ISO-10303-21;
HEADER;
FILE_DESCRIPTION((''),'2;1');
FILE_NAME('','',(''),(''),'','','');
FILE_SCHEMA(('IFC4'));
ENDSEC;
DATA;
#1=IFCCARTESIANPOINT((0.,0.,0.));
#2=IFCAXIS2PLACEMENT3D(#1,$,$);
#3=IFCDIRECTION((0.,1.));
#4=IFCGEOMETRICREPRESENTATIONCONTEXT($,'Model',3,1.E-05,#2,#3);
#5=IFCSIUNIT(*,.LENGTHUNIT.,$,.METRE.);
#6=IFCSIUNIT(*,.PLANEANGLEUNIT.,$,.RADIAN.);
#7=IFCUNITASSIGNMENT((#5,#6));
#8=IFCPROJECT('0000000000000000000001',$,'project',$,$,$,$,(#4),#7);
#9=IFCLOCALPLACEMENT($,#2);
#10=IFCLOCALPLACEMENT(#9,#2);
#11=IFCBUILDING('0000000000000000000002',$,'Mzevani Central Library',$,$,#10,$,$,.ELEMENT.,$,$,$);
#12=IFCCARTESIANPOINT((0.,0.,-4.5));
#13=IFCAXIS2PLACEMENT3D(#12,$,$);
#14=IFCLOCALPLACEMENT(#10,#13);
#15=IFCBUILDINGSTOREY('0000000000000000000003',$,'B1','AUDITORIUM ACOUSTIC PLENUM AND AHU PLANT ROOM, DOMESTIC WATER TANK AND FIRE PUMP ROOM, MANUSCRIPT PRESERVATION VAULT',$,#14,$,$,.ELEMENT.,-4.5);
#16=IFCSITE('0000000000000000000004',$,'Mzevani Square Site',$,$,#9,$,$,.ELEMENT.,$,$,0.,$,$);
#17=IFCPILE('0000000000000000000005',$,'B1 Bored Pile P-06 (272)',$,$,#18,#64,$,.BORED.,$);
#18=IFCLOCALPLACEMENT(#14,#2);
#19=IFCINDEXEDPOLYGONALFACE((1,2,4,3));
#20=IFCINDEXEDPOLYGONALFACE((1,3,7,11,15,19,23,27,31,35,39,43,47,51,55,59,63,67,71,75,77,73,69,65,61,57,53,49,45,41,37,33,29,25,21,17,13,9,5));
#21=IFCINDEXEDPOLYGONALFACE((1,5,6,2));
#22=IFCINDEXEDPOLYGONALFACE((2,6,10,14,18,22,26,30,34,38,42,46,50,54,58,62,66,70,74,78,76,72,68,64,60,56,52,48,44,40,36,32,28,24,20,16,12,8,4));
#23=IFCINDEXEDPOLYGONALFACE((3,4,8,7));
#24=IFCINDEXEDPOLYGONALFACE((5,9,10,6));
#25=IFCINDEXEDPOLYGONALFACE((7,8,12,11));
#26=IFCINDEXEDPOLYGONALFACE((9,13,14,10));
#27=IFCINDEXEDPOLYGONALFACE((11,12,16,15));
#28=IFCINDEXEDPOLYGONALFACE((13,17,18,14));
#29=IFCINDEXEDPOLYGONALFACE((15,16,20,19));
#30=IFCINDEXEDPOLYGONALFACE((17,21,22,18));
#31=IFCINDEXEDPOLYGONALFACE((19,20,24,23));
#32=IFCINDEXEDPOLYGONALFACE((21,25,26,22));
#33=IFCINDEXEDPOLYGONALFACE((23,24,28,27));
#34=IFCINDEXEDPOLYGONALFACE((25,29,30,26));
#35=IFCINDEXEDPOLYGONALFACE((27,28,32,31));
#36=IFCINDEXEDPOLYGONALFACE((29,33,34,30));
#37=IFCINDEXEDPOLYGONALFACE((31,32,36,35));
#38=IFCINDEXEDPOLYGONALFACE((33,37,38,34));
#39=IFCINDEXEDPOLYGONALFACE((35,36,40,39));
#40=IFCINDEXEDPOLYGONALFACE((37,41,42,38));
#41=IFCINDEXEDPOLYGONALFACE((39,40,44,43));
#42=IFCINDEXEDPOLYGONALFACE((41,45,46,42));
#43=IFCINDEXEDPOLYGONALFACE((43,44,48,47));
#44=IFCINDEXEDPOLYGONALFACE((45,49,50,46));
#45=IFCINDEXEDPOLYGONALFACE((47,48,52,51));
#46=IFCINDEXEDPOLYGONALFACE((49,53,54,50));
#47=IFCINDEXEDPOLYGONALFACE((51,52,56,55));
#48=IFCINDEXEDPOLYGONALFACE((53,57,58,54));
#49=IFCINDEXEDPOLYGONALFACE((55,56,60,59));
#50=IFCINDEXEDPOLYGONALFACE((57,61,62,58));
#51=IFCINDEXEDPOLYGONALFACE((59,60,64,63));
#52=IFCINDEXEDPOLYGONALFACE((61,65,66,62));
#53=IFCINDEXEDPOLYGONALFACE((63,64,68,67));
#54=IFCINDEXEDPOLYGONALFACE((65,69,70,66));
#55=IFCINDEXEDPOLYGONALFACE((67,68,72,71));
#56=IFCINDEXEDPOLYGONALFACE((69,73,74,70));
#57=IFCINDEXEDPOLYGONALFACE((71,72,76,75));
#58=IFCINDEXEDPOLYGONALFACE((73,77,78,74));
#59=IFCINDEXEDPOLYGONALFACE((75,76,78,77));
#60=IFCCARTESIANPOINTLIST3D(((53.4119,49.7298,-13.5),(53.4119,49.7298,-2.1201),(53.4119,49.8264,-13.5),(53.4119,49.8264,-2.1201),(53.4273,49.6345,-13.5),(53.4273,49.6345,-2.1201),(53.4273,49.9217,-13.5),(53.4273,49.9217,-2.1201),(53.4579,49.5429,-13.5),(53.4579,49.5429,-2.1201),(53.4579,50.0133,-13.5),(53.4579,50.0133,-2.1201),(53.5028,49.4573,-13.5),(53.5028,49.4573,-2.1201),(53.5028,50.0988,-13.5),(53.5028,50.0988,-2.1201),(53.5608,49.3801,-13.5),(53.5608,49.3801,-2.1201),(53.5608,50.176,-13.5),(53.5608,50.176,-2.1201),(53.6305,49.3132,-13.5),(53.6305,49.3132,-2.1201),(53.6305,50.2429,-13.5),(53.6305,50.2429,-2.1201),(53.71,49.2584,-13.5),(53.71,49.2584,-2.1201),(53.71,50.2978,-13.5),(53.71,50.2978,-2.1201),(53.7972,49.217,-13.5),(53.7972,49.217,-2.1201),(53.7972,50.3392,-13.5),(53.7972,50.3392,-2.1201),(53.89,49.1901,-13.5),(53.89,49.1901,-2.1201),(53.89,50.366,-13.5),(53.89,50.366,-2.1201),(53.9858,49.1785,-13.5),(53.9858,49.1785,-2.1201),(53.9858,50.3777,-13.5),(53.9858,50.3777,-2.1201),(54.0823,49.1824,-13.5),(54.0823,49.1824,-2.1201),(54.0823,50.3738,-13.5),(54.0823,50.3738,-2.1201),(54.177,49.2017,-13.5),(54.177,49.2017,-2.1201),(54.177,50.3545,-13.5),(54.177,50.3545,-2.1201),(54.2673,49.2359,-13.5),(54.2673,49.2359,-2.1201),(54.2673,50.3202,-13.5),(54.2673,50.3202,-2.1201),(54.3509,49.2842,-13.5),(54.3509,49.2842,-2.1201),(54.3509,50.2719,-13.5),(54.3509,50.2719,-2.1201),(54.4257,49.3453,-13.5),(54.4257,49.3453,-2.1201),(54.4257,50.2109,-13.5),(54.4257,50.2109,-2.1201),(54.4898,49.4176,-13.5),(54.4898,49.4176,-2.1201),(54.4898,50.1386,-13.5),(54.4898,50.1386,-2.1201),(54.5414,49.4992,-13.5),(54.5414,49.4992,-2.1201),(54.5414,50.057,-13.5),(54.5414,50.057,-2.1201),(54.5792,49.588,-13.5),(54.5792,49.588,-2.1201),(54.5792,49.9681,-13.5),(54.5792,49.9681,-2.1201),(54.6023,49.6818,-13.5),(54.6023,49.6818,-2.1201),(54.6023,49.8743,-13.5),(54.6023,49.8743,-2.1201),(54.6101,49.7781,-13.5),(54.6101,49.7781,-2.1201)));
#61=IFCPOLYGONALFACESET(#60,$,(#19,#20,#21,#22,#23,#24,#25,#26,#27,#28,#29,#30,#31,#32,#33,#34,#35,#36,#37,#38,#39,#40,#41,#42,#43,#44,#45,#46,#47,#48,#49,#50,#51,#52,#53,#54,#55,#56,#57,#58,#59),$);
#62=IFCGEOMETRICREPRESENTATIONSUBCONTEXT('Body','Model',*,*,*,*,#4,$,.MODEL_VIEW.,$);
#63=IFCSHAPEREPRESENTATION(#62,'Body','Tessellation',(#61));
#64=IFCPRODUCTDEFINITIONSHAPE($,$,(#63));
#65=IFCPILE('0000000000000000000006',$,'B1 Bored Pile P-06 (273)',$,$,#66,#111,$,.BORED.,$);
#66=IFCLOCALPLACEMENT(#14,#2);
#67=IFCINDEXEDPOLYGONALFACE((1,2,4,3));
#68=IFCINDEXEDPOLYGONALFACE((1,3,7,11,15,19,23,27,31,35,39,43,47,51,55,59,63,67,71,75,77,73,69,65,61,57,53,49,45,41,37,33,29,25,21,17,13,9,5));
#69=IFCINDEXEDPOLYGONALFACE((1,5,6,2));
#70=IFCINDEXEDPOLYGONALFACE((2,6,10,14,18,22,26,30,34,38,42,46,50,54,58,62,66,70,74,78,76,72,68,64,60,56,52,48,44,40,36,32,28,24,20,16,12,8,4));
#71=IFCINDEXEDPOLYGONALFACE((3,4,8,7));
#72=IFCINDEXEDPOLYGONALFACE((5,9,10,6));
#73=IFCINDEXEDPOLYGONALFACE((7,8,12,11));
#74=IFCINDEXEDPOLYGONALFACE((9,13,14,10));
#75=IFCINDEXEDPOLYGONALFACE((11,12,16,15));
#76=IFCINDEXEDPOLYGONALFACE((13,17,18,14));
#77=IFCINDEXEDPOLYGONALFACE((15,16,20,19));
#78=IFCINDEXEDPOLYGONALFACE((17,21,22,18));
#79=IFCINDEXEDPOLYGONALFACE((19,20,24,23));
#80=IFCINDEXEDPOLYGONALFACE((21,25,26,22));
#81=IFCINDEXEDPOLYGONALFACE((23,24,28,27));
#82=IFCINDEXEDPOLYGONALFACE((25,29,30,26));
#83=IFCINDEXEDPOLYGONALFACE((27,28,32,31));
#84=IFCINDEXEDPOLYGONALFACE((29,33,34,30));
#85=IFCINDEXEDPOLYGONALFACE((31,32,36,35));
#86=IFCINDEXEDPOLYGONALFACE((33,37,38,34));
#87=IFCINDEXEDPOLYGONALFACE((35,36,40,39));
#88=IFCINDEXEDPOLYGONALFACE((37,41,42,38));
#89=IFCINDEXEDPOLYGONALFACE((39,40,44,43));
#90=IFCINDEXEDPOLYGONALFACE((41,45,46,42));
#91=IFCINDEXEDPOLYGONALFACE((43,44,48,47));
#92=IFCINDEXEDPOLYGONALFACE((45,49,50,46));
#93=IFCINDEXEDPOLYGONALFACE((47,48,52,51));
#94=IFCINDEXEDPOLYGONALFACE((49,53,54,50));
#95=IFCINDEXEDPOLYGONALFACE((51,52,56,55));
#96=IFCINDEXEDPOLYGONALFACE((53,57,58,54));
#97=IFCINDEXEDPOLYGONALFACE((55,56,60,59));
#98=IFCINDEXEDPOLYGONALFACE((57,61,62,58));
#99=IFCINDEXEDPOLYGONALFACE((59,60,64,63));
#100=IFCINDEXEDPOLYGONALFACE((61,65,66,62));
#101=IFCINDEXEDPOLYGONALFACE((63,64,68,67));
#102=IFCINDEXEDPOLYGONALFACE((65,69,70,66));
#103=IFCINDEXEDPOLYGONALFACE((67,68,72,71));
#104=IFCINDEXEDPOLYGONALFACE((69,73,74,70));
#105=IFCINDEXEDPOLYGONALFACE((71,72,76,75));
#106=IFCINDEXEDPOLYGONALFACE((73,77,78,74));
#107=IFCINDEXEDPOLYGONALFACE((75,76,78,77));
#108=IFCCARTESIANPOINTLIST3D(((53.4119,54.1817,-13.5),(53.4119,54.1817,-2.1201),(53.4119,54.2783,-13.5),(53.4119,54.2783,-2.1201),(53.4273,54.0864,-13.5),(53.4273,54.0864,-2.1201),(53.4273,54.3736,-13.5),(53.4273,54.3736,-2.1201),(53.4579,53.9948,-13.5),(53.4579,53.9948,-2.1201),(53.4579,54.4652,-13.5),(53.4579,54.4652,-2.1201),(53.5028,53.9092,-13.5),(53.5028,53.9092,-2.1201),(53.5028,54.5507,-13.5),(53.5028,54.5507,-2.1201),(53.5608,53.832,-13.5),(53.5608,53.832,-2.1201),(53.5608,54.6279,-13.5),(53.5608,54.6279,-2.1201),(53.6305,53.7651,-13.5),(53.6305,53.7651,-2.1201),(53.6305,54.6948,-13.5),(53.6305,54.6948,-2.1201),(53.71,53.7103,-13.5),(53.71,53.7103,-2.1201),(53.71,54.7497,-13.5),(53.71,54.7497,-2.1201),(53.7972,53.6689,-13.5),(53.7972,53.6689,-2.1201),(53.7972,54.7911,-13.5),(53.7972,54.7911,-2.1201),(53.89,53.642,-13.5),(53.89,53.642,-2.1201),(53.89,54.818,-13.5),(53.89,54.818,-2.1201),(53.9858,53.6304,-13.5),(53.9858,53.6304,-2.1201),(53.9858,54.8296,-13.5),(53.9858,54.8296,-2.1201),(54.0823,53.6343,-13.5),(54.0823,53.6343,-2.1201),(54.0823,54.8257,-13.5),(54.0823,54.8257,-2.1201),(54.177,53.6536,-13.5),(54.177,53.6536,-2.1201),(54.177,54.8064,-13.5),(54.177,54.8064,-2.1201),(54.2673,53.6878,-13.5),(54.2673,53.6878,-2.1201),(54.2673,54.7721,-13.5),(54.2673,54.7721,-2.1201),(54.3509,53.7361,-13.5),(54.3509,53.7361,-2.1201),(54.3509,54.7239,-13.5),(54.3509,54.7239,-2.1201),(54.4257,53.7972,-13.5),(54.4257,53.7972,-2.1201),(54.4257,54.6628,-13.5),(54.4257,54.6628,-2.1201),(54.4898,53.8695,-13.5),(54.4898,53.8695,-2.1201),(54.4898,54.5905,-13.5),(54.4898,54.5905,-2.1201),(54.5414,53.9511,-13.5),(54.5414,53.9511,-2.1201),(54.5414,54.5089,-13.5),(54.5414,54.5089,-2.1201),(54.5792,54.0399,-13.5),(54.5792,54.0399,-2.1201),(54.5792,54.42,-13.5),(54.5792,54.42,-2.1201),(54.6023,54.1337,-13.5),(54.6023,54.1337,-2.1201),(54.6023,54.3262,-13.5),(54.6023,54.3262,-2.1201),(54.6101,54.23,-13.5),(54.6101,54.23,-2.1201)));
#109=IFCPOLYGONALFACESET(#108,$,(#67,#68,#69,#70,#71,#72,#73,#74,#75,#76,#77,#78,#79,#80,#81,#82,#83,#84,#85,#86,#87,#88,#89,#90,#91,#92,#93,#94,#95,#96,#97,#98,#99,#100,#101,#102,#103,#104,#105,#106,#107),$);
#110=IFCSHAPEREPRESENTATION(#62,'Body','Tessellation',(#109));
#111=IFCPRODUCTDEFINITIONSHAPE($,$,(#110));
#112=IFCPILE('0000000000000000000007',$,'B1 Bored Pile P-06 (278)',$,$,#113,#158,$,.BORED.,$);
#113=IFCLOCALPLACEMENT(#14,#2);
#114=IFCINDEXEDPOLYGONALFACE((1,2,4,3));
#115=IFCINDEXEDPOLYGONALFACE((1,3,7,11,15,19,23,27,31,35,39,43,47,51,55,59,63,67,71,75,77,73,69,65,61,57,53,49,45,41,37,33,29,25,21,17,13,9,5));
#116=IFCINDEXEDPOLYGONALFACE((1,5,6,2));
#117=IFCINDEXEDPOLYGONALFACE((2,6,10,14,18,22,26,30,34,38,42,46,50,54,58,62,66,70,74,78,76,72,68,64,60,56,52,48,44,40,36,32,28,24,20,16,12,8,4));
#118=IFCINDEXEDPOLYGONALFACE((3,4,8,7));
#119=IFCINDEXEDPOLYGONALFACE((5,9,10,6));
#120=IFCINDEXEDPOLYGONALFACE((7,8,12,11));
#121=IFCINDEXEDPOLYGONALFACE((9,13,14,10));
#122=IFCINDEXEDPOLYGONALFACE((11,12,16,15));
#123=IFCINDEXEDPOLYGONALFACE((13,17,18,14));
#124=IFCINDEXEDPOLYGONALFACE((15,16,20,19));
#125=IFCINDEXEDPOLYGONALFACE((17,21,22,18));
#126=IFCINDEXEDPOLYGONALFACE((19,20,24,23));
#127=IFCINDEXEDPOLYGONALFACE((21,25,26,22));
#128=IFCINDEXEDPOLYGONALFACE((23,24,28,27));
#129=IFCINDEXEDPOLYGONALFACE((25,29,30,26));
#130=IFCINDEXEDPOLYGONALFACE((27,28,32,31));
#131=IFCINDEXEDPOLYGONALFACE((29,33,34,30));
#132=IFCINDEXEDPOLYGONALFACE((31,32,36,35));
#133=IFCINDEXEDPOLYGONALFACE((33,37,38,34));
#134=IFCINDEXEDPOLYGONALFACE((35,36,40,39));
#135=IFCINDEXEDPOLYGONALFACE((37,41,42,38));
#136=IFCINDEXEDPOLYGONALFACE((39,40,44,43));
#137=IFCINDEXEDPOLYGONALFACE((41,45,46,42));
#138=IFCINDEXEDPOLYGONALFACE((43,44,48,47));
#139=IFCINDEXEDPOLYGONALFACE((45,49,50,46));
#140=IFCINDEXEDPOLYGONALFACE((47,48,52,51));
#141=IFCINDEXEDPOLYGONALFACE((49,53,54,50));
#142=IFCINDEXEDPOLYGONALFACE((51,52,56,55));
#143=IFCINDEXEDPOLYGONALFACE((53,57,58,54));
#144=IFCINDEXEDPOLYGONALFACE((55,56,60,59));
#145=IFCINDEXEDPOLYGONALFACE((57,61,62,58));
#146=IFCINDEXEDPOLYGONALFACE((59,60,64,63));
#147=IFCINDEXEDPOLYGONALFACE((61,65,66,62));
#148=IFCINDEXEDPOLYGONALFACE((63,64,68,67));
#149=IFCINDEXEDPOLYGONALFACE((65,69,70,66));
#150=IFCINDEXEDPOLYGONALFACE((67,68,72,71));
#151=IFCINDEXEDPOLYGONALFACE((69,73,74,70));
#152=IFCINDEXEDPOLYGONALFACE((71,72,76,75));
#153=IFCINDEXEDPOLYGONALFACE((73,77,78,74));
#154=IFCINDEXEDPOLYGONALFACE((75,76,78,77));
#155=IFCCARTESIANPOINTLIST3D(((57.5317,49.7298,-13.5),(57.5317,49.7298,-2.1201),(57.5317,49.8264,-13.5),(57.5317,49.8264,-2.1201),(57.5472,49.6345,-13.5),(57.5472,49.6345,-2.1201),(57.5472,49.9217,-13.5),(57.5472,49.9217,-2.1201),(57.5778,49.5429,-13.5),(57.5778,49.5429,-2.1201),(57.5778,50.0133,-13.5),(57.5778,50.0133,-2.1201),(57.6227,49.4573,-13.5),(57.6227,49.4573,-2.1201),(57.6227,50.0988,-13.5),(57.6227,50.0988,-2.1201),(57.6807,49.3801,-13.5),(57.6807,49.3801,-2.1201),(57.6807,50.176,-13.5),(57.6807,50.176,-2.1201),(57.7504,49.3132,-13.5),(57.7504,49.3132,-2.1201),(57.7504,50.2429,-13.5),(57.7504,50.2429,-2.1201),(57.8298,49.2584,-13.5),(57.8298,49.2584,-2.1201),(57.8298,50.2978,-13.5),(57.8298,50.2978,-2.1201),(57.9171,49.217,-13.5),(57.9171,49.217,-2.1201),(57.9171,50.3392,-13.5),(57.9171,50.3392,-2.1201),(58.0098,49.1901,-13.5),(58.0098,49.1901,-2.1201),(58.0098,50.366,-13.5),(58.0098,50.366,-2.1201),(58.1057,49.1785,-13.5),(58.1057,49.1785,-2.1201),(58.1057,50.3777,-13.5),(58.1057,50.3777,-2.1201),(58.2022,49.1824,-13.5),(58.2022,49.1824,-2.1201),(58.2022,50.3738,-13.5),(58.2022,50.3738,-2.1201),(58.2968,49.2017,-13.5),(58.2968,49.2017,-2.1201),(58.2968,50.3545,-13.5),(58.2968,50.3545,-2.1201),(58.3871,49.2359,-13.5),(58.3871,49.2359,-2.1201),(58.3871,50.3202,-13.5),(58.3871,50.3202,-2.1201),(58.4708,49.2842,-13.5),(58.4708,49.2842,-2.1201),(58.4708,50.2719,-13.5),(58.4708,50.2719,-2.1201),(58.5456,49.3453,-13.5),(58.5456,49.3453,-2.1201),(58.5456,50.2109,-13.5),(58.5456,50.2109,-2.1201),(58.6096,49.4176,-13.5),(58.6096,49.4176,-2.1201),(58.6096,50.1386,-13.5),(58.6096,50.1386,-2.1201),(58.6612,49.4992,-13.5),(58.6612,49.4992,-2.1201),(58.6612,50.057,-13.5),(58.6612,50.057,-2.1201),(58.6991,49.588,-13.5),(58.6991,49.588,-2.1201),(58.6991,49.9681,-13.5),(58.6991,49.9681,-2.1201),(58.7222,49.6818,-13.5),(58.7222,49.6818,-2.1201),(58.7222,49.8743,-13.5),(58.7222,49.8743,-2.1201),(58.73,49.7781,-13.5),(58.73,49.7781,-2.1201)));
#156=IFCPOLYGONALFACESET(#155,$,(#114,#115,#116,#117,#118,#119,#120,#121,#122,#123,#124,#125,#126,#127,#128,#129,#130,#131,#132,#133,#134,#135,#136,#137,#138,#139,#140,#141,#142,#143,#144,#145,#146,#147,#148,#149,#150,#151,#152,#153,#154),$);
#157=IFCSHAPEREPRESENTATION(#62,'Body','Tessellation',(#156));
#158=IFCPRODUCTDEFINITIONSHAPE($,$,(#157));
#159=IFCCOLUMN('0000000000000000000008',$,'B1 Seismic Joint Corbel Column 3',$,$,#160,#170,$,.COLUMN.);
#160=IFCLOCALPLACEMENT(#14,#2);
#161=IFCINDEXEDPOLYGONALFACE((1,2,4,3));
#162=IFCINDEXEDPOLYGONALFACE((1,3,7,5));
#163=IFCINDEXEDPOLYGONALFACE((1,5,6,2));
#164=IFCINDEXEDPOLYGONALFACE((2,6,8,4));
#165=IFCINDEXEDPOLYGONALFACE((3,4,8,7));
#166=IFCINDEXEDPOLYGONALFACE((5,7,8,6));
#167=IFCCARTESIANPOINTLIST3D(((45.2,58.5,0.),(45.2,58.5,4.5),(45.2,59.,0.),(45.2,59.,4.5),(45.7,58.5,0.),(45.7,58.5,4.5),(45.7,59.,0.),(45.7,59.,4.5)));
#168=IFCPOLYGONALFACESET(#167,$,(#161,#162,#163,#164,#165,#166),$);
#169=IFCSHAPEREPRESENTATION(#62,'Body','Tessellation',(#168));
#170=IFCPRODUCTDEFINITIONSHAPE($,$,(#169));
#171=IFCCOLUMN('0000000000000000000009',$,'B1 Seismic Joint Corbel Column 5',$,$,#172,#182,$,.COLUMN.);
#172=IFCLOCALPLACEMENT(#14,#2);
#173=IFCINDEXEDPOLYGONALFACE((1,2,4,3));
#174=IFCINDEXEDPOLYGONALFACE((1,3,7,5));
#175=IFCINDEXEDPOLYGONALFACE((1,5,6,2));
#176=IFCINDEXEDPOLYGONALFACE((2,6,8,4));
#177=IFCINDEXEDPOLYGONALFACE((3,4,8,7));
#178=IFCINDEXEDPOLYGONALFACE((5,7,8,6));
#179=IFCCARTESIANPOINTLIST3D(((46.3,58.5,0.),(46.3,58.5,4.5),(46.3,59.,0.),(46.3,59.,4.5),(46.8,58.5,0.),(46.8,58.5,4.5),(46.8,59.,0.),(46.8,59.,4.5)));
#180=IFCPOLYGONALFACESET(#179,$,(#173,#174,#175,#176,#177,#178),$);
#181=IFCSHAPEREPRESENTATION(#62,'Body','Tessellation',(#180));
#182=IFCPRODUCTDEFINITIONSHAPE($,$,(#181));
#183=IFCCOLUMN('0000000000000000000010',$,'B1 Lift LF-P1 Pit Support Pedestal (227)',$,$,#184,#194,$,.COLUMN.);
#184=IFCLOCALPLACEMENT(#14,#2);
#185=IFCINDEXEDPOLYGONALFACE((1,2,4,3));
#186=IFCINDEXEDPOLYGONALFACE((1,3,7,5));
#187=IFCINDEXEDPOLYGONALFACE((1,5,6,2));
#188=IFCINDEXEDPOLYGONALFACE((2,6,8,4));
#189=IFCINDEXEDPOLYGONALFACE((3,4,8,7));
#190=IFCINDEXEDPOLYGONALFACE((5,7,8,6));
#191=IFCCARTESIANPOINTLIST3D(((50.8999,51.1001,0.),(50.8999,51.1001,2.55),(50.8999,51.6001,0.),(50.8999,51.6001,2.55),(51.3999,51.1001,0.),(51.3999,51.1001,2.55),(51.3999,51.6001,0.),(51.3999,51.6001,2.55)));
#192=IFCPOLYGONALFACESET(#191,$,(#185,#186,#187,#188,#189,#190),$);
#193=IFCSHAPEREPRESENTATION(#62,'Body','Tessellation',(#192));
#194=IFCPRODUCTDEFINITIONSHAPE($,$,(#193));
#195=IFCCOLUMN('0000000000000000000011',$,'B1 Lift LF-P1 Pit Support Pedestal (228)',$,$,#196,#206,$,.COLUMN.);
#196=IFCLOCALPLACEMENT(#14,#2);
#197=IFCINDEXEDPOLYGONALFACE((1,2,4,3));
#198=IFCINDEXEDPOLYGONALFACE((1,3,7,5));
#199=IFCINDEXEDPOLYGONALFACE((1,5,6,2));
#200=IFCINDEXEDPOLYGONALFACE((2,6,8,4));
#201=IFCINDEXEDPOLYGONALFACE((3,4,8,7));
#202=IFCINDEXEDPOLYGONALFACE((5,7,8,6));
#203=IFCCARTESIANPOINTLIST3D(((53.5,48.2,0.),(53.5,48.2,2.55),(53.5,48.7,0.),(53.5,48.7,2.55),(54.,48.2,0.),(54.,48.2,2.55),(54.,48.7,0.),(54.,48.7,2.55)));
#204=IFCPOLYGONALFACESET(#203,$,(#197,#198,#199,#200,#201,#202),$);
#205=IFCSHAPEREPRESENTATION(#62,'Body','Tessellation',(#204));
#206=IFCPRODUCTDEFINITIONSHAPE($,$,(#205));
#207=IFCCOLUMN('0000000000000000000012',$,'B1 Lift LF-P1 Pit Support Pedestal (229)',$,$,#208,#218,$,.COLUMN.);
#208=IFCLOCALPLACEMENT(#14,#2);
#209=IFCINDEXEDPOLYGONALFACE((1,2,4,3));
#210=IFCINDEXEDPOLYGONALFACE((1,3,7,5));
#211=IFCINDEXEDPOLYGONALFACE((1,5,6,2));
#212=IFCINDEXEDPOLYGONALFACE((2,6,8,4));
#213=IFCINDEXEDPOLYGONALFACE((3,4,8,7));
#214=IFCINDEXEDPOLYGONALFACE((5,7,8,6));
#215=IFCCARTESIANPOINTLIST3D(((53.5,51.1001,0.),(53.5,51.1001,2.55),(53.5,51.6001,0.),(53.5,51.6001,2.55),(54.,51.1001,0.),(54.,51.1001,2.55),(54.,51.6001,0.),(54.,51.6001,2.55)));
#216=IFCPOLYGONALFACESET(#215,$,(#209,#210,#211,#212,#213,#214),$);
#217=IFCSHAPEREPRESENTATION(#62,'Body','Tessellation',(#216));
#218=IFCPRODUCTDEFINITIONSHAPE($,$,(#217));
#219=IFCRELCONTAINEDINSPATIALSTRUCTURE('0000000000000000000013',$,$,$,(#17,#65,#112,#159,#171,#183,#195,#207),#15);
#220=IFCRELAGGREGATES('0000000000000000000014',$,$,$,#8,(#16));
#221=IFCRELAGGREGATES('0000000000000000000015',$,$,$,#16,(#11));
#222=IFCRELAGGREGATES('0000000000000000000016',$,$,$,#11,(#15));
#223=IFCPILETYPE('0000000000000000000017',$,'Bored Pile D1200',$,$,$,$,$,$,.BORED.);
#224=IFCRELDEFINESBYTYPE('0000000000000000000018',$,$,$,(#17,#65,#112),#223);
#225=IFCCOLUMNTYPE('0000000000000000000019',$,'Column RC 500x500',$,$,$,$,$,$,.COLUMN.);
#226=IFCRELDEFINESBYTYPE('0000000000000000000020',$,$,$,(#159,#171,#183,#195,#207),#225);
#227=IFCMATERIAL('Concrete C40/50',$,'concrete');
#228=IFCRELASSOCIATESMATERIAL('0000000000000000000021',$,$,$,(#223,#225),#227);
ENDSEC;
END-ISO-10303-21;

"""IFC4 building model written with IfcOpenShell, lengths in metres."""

from ifc_helpers import new_model, si_unit, direction, frame, origin, origin_2d, place, context, subcontext, project, spatial, rectangle, circle, extrude, material, material_profile, profile_set, type_object, element, save


model = new_model("IFC4")

# Units and contexts
model_context = context("Model", 3, precision=1e-05, world=origin(), true_north=direction((0.0, 1.0)))
body_context = subcontext(model_context, "Body", "Model", "MODEL_VIEW")
ifc_project = project(units=[si_unit("LENGTHUNIT", "METRE"), si_unit("PLANEANGLEUNIT", "RADIAN")], contexts=[model_context])

# Site, building, storey
site_placement = place(None, origin())
site = spatial("IfcSite", under=ifc_project, at=site_placement, Name="Mzevani Square Site", CompositionType="ELEMENT", RefElevation=0.0)
building_placement = place(site_placement, origin())
building = spatial("IfcBuilding", under=site, at=building_placement, Name="Mzevani Central Library", CompositionType="ELEMENT")
storey_placement = place(building_placement, frame((0.0, 0.0, -4.5)))
storey = spatial("IfcBuildingStorey", under=building, at=storey_placement, Name="B1", Description="AUDITORIUM ACOUSTIC PLENUM AND AHU PLANT ROOM, DOMESTIC WATER TANK AND FIRE PUMP ROOM, MANUSCRIPT PRESERVATION VAULT", CompositionType="ELEMENT", Elevation=-4.5)

# Piles
ifc_material_1 = material(Name="Concrete C40/50", Category="concrete")
ifc_material_profile_1 = material_profile(ifc_material_1, circle(Radius=0.6001, at=origin_2d()), Name="PILE D1200")
ifc_profile_set_1 = profile_set([ifc_material_profile_1], Name="Concrete C40/50")
pile_type = type_object("IfcPileType", Name="Bored Pile D1200", PredefinedType="BORED", material=ifc_profile_set_1)
for number, where, z_axis, x_axis, name in (
    (1, (54.01, 49.7781, -2.1201), (0.0, 0.0, -1.0), (1.0, 0.0, 0.0), "B1 Bored Pile P-06 (272)"),
    (2, (54.01, 54.23, -2.1201), (0.0, 0.0, -1.0), (1.0, 0.0, 0.0), "B1 Bored Pile P-06 (273)"),
    (3, (58.1299, 49.7781, -2.1201), (0.0, 0.0, -1.0), (1.0, 0.0, 0.0), "B1 Bored Pile P-06 (278)"),
):
    element("IfcPile", number, at=place(storey_placement, frame(where, z_axis=z_axis, x_axis=x_axis)), inside=storey, type_object=pile_type, Name=name, PredefinedType="BORED", context=body_context, shape_type="SweptSolid", body=[
        extrude(circle(Radius=0.6001, at=origin_2d()), origin(), (0.0, 0.0, 1.0), 11.3799),
    ])

# Columns
ifc_material_profile_2 = material_profile(ifc_material_1, rectangle(XDim=0.5, YDim=0.5, at=origin_2d()), Name="RC 500x500")
ifc_profile_set_2 = profile_set([ifc_material_profile_2], Name="Concrete C40/50")
column_type_1 = type_object("IfcColumnType", Name="Column RC 500x500", PredefinedType="COLUMN", material=ifc_profile_set_2)
for number, where, z_axis, x_axis, name in (
    (4, (45.45, 58.75, 0.0), (0.0, 0.0, 1.0), (1.0, 0.0, 0.0), "B1 Seismic Joint Corbel Column 3"),
    (5, (46.55, 58.75, 0.0), (0.0, 0.0, 1.0), (1.0, 0.0, 0.0), "B1 Seismic Joint Corbel Column 5"),
):
    element("IfcColumn", number, at=place(storey_placement, frame(where, z_axis=z_axis, x_axis=x_axis)), inside=storey, type_object=column_type_1, Name=name, PredefinedType="COLUMN", context=body_context, shape_type="SweptSolid", body=[
        extrude(rectangle(XDim=0.5, YDim=0.5, at=origin_2d()), origin(), (0.0, 0.0, 1.0), 4.5),
    ])
for number, where, z_axis, x_axis, name in (
    (6, (51.1499, 51.3501, 0.0), (0.0, 0.0, 1.0), (1.0, 0.0, 0.0), "B1 Lift LF-P1 Pit Support Pedestal (227)"),
    (7, (53.75, 48.45, 0.0), (0.0, 0.0, 1.0), (1.0, 0.0, 0.0), "B1 Lift LF-P1 Pit Support Pedestal (228)"),
    (8, (53.75, 51.3501, 0.0), (0.0, 0.0, 1.0), (1.0, 0.0, 0.0), "B1 Lift LF-P1 Pit Support Pedestal (229)"),
):
    element("IfcColumn", number, at=place(storey_placement, frame(where, z_axis=z_axis, x_axis=x_axis)), inside=storey, type_object=column_type_1, Name=name, PredefinedType="COLUMN", context=body_context, shape_type="SweptSolid", body=[
        extrude(rectangle(XDim=0.5, YDim=0.5, at=origin_2d()), origin(), (0.0, 0.0, 1.0), 2.55),
    ])

save(model, "model.ifc")
